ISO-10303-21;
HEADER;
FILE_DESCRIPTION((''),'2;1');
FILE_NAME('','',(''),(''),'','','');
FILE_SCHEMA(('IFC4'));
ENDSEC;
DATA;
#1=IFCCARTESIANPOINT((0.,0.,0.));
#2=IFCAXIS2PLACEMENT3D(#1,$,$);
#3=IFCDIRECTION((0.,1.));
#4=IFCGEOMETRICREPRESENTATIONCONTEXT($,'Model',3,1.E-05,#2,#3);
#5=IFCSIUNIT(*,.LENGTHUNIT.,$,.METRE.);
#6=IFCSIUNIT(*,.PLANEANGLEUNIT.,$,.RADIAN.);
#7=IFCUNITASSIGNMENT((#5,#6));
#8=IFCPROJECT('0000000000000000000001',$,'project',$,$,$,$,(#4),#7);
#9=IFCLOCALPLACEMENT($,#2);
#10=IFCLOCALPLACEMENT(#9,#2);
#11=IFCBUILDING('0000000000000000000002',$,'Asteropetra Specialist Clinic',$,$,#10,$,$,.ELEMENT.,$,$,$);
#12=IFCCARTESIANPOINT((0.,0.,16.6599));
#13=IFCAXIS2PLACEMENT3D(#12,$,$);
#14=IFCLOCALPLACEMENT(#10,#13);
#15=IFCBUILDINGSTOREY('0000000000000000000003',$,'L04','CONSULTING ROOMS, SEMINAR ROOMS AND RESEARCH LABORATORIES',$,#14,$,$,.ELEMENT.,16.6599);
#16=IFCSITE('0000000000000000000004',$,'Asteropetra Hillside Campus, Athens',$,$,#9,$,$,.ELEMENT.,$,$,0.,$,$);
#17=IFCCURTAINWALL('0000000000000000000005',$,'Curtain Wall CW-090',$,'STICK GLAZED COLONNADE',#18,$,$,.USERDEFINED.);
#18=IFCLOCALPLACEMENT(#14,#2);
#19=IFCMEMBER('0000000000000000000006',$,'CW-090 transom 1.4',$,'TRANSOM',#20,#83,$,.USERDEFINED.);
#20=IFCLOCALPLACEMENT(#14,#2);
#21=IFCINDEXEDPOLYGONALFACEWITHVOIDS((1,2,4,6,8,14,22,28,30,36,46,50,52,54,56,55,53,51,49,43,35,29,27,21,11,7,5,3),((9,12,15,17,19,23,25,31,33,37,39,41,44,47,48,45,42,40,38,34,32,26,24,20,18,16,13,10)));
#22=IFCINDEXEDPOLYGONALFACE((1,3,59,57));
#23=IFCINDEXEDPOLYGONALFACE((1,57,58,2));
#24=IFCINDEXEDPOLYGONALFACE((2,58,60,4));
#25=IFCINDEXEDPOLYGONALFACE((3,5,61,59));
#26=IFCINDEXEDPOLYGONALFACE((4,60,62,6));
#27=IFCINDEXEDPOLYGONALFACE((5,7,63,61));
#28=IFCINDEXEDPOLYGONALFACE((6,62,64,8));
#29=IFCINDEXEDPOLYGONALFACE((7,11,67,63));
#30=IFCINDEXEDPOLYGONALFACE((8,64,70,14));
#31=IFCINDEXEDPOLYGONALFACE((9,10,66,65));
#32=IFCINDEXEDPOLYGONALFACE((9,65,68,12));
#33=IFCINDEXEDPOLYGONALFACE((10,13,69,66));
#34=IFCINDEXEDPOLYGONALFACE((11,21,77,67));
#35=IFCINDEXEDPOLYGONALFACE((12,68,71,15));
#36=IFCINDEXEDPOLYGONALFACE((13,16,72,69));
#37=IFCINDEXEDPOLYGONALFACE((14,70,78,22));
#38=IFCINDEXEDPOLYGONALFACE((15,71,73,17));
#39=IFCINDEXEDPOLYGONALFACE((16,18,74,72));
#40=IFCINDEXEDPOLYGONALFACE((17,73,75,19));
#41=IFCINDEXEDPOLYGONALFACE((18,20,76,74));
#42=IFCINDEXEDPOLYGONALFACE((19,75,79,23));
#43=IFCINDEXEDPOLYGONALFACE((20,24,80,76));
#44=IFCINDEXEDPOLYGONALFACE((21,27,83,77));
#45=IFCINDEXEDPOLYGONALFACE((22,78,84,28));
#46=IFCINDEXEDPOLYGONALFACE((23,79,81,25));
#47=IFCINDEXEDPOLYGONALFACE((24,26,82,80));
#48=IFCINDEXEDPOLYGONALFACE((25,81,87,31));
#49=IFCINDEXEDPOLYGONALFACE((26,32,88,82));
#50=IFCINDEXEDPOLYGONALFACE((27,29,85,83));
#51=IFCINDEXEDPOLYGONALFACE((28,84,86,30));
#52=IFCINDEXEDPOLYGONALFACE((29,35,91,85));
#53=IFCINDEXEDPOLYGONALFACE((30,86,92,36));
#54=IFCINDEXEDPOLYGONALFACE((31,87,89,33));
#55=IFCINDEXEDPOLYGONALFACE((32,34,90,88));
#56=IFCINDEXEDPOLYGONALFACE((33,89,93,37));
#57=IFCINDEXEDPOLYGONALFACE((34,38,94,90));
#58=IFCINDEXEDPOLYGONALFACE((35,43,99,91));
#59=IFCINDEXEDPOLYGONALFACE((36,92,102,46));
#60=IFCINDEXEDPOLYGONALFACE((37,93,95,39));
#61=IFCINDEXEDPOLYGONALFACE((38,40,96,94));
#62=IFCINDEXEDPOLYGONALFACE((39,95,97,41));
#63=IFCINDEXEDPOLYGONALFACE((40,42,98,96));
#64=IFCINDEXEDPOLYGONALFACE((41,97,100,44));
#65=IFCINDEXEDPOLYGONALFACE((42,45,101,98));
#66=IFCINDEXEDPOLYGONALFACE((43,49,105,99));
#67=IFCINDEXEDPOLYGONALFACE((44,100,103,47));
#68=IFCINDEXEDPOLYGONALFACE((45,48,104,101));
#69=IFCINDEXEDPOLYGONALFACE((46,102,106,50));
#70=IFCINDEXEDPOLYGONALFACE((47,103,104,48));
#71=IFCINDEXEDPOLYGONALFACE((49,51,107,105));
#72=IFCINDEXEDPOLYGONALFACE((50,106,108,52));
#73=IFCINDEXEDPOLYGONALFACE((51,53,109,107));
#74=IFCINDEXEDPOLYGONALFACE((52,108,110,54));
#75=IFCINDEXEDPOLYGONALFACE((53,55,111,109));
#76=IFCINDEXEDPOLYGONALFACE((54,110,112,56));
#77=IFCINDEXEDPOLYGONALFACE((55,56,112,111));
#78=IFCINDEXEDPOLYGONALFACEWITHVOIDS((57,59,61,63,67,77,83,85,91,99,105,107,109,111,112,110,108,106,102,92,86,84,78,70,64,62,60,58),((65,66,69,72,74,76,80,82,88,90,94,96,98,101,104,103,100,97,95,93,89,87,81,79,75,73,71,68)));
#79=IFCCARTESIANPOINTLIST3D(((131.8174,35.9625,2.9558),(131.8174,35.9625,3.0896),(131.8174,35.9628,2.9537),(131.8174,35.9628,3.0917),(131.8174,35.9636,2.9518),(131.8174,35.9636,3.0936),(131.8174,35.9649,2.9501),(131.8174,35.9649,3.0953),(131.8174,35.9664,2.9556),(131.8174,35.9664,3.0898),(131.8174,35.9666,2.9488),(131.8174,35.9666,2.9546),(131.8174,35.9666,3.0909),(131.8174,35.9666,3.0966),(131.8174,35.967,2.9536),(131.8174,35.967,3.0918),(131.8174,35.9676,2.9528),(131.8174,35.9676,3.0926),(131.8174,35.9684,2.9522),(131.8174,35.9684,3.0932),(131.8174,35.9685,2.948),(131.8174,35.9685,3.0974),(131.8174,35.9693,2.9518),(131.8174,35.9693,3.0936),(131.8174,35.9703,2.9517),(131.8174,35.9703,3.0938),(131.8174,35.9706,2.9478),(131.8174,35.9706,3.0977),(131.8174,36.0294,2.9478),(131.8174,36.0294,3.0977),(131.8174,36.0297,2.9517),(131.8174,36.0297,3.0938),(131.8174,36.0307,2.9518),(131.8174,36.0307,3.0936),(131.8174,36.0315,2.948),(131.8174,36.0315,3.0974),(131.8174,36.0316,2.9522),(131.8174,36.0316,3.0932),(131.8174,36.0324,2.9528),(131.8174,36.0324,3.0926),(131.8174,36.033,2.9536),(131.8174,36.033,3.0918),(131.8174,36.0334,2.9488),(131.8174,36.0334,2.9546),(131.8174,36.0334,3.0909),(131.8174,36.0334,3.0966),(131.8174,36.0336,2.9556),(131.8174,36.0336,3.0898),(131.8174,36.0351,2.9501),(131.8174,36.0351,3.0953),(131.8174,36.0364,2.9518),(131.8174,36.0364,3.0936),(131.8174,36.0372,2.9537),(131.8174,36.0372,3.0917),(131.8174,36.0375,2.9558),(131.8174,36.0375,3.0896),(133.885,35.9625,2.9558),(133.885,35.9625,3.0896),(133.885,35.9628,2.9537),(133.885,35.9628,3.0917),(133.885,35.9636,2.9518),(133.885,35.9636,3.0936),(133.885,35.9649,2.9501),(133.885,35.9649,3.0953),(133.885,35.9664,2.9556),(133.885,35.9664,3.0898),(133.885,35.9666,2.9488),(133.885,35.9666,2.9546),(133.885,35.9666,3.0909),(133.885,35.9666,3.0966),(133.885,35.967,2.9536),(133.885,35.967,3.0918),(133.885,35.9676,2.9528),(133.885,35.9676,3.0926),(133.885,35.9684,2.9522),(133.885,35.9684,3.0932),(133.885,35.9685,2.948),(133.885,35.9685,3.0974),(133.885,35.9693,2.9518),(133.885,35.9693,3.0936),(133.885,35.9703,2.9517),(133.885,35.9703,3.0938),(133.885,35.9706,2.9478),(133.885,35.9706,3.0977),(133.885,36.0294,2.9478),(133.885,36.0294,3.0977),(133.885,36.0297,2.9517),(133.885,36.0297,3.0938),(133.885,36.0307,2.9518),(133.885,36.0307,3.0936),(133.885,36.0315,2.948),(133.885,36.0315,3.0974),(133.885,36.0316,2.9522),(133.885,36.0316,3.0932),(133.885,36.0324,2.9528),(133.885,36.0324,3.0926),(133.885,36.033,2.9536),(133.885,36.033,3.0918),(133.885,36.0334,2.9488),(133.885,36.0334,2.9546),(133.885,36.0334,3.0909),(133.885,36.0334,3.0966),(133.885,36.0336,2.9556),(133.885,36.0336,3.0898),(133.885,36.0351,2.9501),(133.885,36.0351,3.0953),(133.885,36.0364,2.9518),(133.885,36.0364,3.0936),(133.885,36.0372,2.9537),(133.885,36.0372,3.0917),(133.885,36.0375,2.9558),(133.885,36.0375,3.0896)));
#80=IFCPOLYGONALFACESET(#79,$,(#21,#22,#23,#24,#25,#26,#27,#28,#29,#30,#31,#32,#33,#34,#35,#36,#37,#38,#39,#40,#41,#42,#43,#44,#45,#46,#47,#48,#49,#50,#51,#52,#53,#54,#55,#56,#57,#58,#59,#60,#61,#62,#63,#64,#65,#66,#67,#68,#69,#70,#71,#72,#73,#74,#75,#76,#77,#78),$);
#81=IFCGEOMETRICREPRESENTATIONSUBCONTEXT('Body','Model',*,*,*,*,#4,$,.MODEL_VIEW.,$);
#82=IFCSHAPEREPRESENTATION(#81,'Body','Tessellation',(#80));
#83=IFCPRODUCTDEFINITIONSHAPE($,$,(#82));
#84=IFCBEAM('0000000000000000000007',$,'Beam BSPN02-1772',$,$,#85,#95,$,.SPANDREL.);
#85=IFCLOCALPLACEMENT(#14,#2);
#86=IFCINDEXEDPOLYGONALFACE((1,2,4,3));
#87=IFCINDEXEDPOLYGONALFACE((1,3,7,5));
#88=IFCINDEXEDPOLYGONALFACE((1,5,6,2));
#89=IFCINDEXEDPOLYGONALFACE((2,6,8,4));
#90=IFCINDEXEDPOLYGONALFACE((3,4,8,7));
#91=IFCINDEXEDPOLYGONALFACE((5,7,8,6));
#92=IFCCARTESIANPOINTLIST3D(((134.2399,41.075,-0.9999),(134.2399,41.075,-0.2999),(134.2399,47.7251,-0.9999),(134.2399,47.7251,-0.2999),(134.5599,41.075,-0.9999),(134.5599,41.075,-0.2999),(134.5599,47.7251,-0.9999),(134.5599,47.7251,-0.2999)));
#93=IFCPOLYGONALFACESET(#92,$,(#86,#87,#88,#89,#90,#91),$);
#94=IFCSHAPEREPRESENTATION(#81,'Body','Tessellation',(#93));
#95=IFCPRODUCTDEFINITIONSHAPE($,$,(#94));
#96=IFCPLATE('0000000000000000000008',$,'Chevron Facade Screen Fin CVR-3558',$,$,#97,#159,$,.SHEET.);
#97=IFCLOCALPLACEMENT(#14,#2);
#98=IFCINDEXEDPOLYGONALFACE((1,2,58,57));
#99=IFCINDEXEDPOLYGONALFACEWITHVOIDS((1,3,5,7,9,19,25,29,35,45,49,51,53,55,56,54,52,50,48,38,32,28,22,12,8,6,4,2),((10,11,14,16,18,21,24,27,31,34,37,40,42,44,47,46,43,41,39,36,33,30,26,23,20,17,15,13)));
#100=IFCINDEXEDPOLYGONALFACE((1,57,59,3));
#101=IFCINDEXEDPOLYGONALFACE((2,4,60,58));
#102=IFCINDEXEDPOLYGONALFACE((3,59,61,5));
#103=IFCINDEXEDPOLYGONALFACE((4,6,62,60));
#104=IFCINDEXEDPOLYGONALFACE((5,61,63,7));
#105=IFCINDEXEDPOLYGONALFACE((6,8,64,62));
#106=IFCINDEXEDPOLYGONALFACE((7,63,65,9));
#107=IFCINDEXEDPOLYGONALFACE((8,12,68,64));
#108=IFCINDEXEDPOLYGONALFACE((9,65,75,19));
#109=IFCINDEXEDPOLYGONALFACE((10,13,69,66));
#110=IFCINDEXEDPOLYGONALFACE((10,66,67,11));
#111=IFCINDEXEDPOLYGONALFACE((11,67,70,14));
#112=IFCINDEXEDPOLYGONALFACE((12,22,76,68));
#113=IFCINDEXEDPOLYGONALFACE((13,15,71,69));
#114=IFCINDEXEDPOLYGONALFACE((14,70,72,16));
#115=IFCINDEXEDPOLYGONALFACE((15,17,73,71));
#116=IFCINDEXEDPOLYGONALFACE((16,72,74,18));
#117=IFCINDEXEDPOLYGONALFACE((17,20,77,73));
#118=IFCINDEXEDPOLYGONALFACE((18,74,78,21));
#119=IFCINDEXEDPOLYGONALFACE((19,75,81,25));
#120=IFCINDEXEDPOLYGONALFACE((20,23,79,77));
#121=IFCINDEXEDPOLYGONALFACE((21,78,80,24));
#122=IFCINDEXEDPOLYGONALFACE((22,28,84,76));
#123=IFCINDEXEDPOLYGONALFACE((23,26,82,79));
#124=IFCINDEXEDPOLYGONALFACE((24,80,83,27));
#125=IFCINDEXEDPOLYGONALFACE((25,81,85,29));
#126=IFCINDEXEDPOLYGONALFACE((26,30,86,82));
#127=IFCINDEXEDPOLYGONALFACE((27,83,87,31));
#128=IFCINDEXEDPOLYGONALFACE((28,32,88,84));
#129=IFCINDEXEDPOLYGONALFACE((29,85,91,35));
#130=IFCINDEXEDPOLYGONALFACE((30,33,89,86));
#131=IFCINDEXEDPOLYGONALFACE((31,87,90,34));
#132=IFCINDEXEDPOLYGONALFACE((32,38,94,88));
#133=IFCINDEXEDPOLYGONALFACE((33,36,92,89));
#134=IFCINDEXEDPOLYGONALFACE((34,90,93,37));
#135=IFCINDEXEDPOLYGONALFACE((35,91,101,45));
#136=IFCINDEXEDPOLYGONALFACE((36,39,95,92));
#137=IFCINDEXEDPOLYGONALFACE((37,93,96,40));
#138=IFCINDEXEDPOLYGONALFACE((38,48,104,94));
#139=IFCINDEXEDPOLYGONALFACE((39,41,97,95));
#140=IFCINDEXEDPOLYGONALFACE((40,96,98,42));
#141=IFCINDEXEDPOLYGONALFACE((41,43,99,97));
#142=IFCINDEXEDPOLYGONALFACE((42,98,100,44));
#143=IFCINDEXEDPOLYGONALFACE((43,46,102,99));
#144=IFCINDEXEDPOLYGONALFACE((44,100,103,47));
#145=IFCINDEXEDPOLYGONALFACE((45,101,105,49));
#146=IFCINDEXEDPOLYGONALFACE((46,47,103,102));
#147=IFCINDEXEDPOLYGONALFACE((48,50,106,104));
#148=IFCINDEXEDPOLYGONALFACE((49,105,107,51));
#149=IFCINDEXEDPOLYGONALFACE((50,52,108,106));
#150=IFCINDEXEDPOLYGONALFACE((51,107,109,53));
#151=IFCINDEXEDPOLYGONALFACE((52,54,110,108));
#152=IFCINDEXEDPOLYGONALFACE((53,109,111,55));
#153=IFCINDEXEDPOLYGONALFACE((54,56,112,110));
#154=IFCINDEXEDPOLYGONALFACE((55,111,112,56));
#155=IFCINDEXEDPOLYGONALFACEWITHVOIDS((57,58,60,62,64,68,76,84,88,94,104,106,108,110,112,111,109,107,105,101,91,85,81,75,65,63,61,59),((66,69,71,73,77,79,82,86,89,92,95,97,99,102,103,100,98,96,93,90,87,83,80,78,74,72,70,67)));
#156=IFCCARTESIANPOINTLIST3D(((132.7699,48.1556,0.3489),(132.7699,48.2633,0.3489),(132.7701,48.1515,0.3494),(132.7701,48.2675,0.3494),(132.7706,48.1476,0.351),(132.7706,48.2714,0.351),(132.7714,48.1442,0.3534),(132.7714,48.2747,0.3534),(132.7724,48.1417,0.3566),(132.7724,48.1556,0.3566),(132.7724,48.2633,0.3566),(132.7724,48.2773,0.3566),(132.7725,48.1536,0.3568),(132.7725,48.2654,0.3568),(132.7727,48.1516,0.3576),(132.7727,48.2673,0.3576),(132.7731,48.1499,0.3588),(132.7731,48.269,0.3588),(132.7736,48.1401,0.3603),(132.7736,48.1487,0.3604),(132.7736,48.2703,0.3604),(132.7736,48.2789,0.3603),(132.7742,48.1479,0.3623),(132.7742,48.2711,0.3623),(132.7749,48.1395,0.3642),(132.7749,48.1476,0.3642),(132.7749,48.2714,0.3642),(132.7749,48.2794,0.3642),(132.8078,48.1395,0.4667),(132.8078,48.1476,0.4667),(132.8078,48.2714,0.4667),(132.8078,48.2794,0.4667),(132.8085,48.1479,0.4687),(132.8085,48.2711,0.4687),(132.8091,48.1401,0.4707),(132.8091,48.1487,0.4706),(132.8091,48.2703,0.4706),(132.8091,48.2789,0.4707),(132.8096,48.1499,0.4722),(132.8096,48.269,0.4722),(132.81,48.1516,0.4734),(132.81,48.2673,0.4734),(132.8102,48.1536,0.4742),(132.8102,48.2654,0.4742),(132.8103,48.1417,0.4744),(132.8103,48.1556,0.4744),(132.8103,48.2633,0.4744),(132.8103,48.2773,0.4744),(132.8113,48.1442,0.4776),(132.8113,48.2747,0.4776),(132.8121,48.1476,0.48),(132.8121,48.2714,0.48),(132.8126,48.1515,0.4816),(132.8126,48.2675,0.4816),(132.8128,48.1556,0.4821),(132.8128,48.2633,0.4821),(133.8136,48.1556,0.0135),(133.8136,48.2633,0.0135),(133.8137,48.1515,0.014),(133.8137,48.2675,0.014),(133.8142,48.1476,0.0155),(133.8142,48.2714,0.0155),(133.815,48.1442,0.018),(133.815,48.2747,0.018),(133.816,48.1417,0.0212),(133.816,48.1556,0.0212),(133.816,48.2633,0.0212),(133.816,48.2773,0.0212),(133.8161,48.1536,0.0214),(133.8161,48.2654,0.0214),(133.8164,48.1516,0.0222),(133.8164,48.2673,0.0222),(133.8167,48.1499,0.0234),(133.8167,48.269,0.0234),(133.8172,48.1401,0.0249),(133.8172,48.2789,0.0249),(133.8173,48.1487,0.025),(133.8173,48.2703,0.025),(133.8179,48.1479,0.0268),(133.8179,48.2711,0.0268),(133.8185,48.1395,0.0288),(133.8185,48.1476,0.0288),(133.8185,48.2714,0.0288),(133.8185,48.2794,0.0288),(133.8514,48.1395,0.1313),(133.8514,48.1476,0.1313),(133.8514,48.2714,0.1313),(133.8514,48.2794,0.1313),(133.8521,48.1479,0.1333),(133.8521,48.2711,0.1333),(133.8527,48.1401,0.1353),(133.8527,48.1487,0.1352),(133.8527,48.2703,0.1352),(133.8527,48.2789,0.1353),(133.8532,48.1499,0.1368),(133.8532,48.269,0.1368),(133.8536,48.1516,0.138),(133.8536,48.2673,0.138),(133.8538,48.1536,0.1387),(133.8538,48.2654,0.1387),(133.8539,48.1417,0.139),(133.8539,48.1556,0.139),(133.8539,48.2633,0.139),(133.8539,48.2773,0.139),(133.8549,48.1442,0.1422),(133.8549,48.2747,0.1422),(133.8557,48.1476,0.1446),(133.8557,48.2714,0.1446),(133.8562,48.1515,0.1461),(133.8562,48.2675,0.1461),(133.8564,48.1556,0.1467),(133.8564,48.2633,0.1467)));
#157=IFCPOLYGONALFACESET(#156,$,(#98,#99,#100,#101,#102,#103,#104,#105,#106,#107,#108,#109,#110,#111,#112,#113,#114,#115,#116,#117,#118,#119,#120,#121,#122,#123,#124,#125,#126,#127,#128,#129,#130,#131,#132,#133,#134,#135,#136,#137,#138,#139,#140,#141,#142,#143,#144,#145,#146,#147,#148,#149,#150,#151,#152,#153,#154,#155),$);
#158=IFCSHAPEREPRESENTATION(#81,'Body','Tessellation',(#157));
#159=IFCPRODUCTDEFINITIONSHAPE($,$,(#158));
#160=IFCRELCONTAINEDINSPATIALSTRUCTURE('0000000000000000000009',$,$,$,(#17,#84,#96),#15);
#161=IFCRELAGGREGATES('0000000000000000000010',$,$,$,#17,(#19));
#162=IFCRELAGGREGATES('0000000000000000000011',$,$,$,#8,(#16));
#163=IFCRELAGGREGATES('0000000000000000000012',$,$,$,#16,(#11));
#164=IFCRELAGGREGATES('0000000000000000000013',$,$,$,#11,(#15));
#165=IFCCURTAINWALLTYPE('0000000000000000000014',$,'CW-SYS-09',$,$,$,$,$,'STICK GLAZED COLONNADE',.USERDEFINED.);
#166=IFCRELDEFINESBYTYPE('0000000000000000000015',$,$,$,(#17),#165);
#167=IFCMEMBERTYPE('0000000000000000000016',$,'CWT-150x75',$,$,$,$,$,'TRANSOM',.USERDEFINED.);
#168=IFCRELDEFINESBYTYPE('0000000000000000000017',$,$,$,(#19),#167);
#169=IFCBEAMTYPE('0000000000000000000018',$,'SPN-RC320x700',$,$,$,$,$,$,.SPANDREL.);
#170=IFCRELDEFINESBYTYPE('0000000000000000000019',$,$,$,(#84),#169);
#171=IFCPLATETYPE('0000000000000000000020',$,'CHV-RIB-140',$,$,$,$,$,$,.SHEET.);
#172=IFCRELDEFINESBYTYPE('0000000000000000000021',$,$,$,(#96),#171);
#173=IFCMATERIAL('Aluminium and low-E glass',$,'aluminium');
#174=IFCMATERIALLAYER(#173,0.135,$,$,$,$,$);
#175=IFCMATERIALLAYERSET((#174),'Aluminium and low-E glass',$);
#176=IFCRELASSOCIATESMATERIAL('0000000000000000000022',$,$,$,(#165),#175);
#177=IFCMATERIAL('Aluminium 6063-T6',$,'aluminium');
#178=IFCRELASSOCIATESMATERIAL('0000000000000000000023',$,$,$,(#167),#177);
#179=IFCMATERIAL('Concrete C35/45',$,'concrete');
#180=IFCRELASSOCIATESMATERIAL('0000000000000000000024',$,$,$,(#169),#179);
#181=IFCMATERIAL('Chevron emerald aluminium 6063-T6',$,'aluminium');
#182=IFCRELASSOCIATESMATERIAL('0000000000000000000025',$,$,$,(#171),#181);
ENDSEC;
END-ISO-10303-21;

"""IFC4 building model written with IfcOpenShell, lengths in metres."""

from ifc_helpers import new_model, si_unit, direction, frame, origin, origin_2d, place, context, subcontext, project, spatial, rectangle, hollow_rectangle, extrude, material, layer, layer_set, material_profile, profile_set, type_object, element, aggregate, save


model = new_model("IFC4")

# Units and contexts
model_context = context("Model", 3, precision=1e-05, world=origin(), true_north=direction((0.0, 1.0)))
body_context = subcontext(model_context, "Body", "Model", "MODEL_VIEW")
ifc_project = project(units=[si_unit("LENGTHUNIT", "METRE"), si_unit("PLANEANGLEUNIT", "RADIAN")], contexts=[model_context])

# Site, building, storey
site_placement = place(None, origin())
site = spatial("IfcSite", under=ifc_project, at=site_placement, Name="Asteropetra Hillside Campus, Athens", CompositionType="ELEMENT", RefElevation=0.0)
building_placement = place(site_placement, origin())
building = spatial("IfcBuilding", under=site, at=building_placement, Name="Asteropetra Specialist Clinic", CompositionType="ELEMENT")
storey_placement = place(building_placement, frame((0.0, 0.0, 16.6599)))
storey = spatial("IfcBuildingStorey", under=building, at=storey_placement, Name="L04", Description="CONSULTING ROOMS, SEMINAR ROOMS AND RESEARCH LABORATORIES", CompositionType="ELEMENT", Elevation=16.6599)

# Curtain wall, member
ifc_material_1 = material(Name="Aluminium and low-E glass", Category="aluminium")
ifc_layer_1 = layer(ifc_material_1, 0.135)
ifc_layer_set_1 = layer_set([ifc_layer_1], Name="Aluminium and low-E glass")
curtain_wall_type = type_object("IfcCurtainWallType", Name="CW-SYS-09", ElementType="STICK GLAZED COLONNADE", PredefinedType="USERDEFINED", material=ifc_layer_set_1)
curtain_wall_placement = place(storey_placement, origin())
curtain_wall = element("IfcCurtainWall", 1, at=curtain_wall_placement, inside=storey, type_object=curtain_wall_type, Name="Curtain Wall CW-090", ObjectType="STICK GLAZED COLONNADE", PredefinedType="USERDEFINED")
ifc_material_2 = material(Name="Aluminium 6063-T6", Category="aluminium")
ifc_material_profile_1 = material_profile(ifc_material_2, hollow_rectangle(XDim=0.075, YDim=0.1499, WallThickness=0.0039, InnerFilletRadius=0.0039, OuterFilletRadius=0.0081, at=origin_2d()), Name="TRN 150x75x4.0")
ifc_profile_set_1 = profile_set([ifc_material_profile_1], Name="Aluminium 6063-T6")
member_type_1 = type_object("IfcMemberType", Name="CWT-150x75", ElementType="TRANSOM", PredefinedType="USERDEFINED", material=ifc_profile_set_1)
member_1_placement = place(storey_placement, frame((133.885, 36.0, 3.0227), z_axis=(-1.0, 0.0, 0.0), x_axis=(0.0, -1.0, 0.0)))
member_1 = element("IfcMember", 2, at=member_1_placement, type_object=member_type_1, Name="CW-090 transom 1.4", ObjectType="TRANSOM", PredefinedType="USERDEFINED", context=body_context, shape_type="SweptSolid", body=[
    extrude(hollow_rectangle(XDim=0.075, YDim=0.1499, WallThickness=0.0039, InnerFilletRadius=0.0039, OuterFilletRadius=0.0081, at=origin_2d()), origin(), (0.0, 0.0, 1.0), 2.0676),
])
aggregate(curtain_wall, [member_1])

# Beam
ifc_material_3 = material(Name="Concrete C35/45", Category="concrete")
ifc_material_profile_2 = material_profile(ifc_material_3, rectangle(XDim=0.3201, YDim=0.7, at=origin_2d()), Name="RCS 320x700")
ifc_profile_set_2 = profile_set([ifc_material_profile_2], Name="Concrete C35/45")
beam_type = type_object("IfcBeamType", Name="SPN-RC320x700", PredefinedType="SPANDREL", material=ifc_profile_set_2)
beam_placement = place(storey_placement, frame((134.3999, 41.075, -0.6499), z_axis=(0.0, 1.0, 0.0), x_axis=(-1.0, 0.0, 0.0)))
element("IfcBeam", 3, at=beam_placement, inside=storey, type_object=beam_type, Name="Beam BSPN02-1772", PredefinedType="SPANDREL", context=body_context, shape_type="SweptSolid", body=[
    extrude(rectangle(XDim=0.3201, YDim=0.7, at=origin_2d()), origin(), (0.0, 0.0, 1.0), 6.6501),
])

# Plate
ifc_material_4 = material(Name="Chevron emerald aluminium 6063-T6", Category="aluminium")
ifc_material_profile_3 = material_profile(ifc_material_4, hollow_rectangle(XDim=0.1399, YDim=0.1399, WallThickness=0.0081, InnerFilletRadius=0.0081, OuterFilletRadius=0.0161, at=origin_2d()), Name="SHS 140x140x8.0")
ifc_profile_set_3 = profile_set([ifc_material_profile_3], Name="Chevron emerald aluminium 6063-T6")
plate_type = type_object("IfcPlateType", Name="CHV-RIB-140", PredefinedType="SHEET", material=ifc_profile_set_3)
for number, where, z_axis, x_axis, name in (
    (4, (133.835, 48.2095, 0.0801), (-0.952036, 0.0, 0.305988), (0.0, -1.0, 0.0), "Chevron Facade Screen Fin CVR-3558"),
):
    element("IfcPlate", number, at=place(storey_placement, frame(where, z_axis=z_axis, x_axis=x_axis)), inside=storey, type_object=plate_type, Name=name, PredefinedType="SHEET", context=body_context, shape_type="SweptSolid", body=[
        extrude(hollow_rectangle(XDim=0.1399, YDim=0.1399, WallThickness=0.0081, InnerFilletRadius=0.0081, OuterFilletRadius=0.0161, at=origin_2d()), origin(), (0.0, 0.0, 1.0), 1.0962),
    ])

save(model, "model.ifc")
